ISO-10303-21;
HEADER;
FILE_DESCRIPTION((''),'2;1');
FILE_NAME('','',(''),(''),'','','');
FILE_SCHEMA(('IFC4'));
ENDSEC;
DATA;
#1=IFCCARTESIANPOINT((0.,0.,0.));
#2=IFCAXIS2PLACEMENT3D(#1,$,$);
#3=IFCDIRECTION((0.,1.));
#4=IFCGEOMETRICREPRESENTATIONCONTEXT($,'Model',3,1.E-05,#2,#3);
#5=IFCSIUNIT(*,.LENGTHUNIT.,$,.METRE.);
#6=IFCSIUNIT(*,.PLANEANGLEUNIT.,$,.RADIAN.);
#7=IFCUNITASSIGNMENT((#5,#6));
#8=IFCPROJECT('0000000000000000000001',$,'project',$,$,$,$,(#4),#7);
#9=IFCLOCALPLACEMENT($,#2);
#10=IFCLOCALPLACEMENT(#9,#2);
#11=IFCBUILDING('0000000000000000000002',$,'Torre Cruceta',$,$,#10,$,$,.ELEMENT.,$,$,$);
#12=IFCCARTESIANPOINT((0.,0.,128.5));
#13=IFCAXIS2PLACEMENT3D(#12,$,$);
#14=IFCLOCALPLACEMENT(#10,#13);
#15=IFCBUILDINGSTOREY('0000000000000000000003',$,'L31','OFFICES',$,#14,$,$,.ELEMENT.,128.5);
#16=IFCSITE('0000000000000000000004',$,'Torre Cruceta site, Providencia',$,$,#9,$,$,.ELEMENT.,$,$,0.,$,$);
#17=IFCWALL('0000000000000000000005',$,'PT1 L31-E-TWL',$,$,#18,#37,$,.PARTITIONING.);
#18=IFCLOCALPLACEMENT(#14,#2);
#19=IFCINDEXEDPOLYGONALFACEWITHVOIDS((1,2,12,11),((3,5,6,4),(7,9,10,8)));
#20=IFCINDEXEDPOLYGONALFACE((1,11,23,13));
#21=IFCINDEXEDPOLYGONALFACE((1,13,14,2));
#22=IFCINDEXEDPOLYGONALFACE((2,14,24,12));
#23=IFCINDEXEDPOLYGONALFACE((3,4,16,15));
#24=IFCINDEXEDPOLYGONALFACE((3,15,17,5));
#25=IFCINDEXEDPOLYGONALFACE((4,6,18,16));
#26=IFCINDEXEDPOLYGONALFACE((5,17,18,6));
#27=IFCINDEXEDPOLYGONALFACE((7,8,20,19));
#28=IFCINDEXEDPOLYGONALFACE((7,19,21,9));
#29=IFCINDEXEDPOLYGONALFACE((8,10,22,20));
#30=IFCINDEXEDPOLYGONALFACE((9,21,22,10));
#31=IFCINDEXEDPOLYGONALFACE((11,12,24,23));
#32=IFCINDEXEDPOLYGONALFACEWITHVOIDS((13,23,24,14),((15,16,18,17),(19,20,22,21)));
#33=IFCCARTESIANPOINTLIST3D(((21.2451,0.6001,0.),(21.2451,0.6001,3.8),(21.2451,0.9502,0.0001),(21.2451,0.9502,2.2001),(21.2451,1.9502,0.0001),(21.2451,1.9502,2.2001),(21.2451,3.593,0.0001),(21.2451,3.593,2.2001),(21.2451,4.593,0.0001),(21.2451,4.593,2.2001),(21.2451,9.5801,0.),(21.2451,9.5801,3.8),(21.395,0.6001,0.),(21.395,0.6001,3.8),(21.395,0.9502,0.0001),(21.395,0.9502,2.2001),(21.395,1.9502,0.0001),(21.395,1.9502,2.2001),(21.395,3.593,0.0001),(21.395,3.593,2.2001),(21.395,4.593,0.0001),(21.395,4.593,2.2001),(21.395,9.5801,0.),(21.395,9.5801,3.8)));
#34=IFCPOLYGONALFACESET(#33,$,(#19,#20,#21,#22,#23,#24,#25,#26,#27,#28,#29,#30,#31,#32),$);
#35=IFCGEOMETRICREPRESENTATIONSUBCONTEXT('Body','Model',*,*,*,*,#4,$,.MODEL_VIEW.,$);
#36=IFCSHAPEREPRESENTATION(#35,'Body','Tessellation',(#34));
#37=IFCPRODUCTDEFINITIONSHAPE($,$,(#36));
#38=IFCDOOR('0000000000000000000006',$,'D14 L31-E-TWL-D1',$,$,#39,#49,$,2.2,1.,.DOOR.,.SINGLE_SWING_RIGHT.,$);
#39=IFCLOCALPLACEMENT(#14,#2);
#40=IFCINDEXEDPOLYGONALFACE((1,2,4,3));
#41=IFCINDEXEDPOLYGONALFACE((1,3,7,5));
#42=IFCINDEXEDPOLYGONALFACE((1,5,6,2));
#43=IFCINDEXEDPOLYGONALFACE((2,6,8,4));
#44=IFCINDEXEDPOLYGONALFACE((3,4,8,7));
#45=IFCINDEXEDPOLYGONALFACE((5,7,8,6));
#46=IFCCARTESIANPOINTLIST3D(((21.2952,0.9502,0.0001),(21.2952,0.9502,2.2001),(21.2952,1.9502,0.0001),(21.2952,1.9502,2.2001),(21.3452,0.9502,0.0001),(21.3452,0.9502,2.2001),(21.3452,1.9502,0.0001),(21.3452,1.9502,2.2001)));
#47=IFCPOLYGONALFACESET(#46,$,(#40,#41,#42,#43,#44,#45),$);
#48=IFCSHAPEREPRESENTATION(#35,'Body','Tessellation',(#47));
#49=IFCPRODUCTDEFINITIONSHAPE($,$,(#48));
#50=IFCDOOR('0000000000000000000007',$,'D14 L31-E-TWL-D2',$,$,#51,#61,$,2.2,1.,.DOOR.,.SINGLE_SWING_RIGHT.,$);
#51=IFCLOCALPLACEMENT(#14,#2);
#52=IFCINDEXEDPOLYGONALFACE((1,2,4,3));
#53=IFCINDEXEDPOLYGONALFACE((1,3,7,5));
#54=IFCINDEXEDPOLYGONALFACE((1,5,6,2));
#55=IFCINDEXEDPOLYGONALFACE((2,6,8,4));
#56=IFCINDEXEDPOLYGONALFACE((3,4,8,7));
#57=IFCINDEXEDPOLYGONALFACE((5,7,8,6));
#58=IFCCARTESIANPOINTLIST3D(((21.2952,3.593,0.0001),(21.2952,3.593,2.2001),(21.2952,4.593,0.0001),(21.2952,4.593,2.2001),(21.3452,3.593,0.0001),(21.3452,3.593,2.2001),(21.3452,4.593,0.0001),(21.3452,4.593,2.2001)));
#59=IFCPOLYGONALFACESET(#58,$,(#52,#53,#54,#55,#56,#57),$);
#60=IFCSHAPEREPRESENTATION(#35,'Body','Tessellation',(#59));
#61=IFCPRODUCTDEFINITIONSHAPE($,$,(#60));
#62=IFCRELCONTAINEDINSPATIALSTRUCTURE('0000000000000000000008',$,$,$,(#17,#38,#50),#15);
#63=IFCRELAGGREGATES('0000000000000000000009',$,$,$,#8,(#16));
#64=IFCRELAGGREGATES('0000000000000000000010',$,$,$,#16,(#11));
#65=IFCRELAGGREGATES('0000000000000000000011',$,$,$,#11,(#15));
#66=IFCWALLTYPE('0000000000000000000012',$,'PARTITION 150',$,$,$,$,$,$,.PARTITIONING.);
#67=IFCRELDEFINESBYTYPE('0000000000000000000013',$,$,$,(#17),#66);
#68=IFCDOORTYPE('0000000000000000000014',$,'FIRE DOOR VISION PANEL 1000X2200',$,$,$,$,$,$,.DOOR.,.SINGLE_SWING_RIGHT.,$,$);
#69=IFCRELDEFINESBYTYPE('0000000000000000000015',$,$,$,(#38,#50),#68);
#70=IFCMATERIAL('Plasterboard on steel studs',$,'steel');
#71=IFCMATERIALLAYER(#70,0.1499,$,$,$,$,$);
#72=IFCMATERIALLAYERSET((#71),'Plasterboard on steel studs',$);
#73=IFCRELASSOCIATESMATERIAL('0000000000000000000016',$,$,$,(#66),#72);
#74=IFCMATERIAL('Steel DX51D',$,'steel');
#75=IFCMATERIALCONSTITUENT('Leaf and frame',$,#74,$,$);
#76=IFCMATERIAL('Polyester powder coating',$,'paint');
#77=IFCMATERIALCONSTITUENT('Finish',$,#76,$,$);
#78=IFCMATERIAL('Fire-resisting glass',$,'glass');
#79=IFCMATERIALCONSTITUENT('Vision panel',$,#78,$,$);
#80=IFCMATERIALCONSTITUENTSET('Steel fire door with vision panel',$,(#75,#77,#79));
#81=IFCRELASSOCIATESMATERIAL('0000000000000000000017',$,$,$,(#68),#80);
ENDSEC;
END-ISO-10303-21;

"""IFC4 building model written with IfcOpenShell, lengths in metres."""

from ifc_helpers import new_model, si_unit, direction, frame, frame_2d, origin, place, context, subcontext, project, spatial, rectangle, extrude, material, layer, layer_set, constituent, constituent_set, type_object, element, fill, save


model = new_model("IFC4")

# Units and contexts
model_context = context("Model", 3, precision=1e-05, world=origin(), true_north=direction((0.0, 1.0)))
body_context = subcontext(model_context, "Body", "Model", "MODEL_VIEW")
ifc_project = project(units=[si_unit("LENGTHUNIT", "METRE"), si_unit("PLANEANGLEUNIT", "RADIAN")], contexts=[model_context])

# Site, building, storey
site_placement = place(None, origin())
site = spatial("IfcSite", under=ifc_project, at=site_placement, Name="Torre Cruceta site, Providencia", CompositionType="ELEMENT", RefElevation=0.0)
building_placement = place(site_placement, origin())
building = spatial("IfcBuilding", under=site, at=building_placement, Name="Torre Cruceta", CompositionType="ELEMENT")
storey_placement = place(building_placement, frame((0.0, 0.0, 128.5)))
storey = spatial("IfcBuildingStorey", under=building, at=storey_placement, Name="L31", Description="OFFICES", CompositionType="ELEMENT", Elevation=128.5)

# Shared definitions
ifc_material_1 = material(Name="Plasterboard on steel studs", Category="steel")
ifc_layer_1 = layer(ifc_material_1, 0.1499)
ifc_layer_set_1 = layer_set([ifc_layer_1], Name="Plasterboard on steel studs")
wall_type_1 = type_object("IfcWallType", Name="PARTITION 150", PredefinedType="PARTITIONING", material=ifc_layer_set_1)

# Wall, openings, doors
wall_1_placement = place(storey_placement, frame((21.3201, 0.6001, 0.0), z_axis=(0.0, 0.0, 1.0), x_axis=(0.0, 1.0, 0.0)))
wall_1 = element("IfcWall", 1, at=wall_1_placement, inside=storey, type_object=wall_type_1, Name="PT1 L31-E-TWL", PredefinedType="PARTITIONING", context=body_context, shape_type="SweptSolid", body=[
    extrude(rectangle(XDim=8.98, YDim=0.1499, at=frame_2d((4.49, 0.0))), origin(), (0.0, 0.0, 1.0), 3.8),
])
opening_1_placement = place(wall_1_placement, frame((0.3501, 0.0, 0.0)))
opening_1 = element("IfcOpeningElement", 2, at=opening_1_placement, cuts=wall_1, PredefinedType="OPENING", context=body_context, shape_type="SweptSolid", body=[
    extrude(rectangle(XDim=1.0, YDim=2.2, at=frame_2d((0.5, 1.1001))), frame((0.0, 0.085, 0.0), z_axis=(0.0, -1.0, 0.0), x_axis=(1.0, 0.0, 0.0)), (0.0, 0.0, 1.0), 0.1699),
])
opening_2_placement = place(wall_1_placement, frame((2.9929, 0.0, 0.0)))
opening_2 = element("IfcOpeningElement", 3, at=opening_2_placement, cuts=wall_1, PredefinedType="OPENING", context=body_context, shape_type="SweptSolid", body=[
    extrude(rectangle(XDim=1.0, YDim=2.2, at=frame_2d((0.5, 1.1001))), frame((0.0, 0.085, 0.0), z_axis=(0.0, -1.0, 0.0), x_axis=(1.0, 0.0, 0.0)), (0.0, 0.0, 1.0), 0.1699),
])
ifc_material_2 = material(Name="Steel DX51D", Category="steel")
ifc_constituent_1 = constituent(ifc_material_2, Name="Leaf and frame")
ifc_material_3 = material(Name="Polyester powder coating", Category="paint")
ifc_constituent_2 = constituent(ifc_material_3, Name="Finish")
ifc_material_4 = material(Name="Fire-resisting glass", Category="glass")
ifc_constituent_3 = constituent(ifc_material_4, Name="Vision panel")
ifc_constituent_set_1 = constituent_set(constituents=[ifc_constituent_1, ifc_constituent_2, ifc_constituent_3], Name="Steel fire door with vision panel")
door_type = type_object("IfcDoorType", Name="FIRE DOOR VISION PANEL 1000X2200", OperationType="SINGLE_SWING_RIGHT", PredefinedType="DOOR", material=ifc_constituent_set_1)
door_1_placement = place(opening_1_placement, frame((1.0, 0.0, 0.0), z_axis=(0.0, 0.0, 1.0), x_axis=(-1.0, 0.0, 0.0)))
door_1 = element("IfcDoor", 4, at=door_1_placement, inside=storey, type_object=door_type, Name="D14 L31-E-TWL-D1", OperationType="SINGLE_SWING_RIGHT", OverallHeight=2.2, OverallWidth=1.0, PredefinedType="DOOR", context=body_context, shape_type="SweptSolid", body=[
    extrude(rectangle(XDim=1.0, YDim=2.2, at=frame_2d((0.5, 1.1001))), frame((0.0, 0.0251, 0.0), z_axis=(0.0, -1.0, 0.0), x_axis=(1.0, 0.0, 0.0)), (0.0, 0.0, 1.0), 0.05),
])
fill(opening_1, door_1)
door_2_placement = place(opening_2_placement, frame((1.0, 0.0, 0.0), z_axis=(0.0, 0.0, 1.0), x_axis=(-1.0, 0.0, 0.0)))
door_2 = element("IfcDoor", 5, at=door_2_placement, inside=storey, type_object=door_type, Name="D14 L31-E-TWL-D2", OperationType="SINGLE_SWING_RIGHT", OverallHeight=2.2, OverallWidth=1.0, PredefinedType="DOOR", context=body_context, shape_type="SweptSolid", body=[
    extrude(rectangle(XDim=1.0, YDim=2.2, at=frame_2d((0.5, 1.1001))), frame((0.0, 0.0251, 0.0), z_axis=(0.0, -1.0, 0.0), x_axis=(1.0, 0.0, 0.0)), (0.0, 0.0, 1.0), 0.05),
])
fill(opening_2, door_2)

save(model, "model.ifc")
